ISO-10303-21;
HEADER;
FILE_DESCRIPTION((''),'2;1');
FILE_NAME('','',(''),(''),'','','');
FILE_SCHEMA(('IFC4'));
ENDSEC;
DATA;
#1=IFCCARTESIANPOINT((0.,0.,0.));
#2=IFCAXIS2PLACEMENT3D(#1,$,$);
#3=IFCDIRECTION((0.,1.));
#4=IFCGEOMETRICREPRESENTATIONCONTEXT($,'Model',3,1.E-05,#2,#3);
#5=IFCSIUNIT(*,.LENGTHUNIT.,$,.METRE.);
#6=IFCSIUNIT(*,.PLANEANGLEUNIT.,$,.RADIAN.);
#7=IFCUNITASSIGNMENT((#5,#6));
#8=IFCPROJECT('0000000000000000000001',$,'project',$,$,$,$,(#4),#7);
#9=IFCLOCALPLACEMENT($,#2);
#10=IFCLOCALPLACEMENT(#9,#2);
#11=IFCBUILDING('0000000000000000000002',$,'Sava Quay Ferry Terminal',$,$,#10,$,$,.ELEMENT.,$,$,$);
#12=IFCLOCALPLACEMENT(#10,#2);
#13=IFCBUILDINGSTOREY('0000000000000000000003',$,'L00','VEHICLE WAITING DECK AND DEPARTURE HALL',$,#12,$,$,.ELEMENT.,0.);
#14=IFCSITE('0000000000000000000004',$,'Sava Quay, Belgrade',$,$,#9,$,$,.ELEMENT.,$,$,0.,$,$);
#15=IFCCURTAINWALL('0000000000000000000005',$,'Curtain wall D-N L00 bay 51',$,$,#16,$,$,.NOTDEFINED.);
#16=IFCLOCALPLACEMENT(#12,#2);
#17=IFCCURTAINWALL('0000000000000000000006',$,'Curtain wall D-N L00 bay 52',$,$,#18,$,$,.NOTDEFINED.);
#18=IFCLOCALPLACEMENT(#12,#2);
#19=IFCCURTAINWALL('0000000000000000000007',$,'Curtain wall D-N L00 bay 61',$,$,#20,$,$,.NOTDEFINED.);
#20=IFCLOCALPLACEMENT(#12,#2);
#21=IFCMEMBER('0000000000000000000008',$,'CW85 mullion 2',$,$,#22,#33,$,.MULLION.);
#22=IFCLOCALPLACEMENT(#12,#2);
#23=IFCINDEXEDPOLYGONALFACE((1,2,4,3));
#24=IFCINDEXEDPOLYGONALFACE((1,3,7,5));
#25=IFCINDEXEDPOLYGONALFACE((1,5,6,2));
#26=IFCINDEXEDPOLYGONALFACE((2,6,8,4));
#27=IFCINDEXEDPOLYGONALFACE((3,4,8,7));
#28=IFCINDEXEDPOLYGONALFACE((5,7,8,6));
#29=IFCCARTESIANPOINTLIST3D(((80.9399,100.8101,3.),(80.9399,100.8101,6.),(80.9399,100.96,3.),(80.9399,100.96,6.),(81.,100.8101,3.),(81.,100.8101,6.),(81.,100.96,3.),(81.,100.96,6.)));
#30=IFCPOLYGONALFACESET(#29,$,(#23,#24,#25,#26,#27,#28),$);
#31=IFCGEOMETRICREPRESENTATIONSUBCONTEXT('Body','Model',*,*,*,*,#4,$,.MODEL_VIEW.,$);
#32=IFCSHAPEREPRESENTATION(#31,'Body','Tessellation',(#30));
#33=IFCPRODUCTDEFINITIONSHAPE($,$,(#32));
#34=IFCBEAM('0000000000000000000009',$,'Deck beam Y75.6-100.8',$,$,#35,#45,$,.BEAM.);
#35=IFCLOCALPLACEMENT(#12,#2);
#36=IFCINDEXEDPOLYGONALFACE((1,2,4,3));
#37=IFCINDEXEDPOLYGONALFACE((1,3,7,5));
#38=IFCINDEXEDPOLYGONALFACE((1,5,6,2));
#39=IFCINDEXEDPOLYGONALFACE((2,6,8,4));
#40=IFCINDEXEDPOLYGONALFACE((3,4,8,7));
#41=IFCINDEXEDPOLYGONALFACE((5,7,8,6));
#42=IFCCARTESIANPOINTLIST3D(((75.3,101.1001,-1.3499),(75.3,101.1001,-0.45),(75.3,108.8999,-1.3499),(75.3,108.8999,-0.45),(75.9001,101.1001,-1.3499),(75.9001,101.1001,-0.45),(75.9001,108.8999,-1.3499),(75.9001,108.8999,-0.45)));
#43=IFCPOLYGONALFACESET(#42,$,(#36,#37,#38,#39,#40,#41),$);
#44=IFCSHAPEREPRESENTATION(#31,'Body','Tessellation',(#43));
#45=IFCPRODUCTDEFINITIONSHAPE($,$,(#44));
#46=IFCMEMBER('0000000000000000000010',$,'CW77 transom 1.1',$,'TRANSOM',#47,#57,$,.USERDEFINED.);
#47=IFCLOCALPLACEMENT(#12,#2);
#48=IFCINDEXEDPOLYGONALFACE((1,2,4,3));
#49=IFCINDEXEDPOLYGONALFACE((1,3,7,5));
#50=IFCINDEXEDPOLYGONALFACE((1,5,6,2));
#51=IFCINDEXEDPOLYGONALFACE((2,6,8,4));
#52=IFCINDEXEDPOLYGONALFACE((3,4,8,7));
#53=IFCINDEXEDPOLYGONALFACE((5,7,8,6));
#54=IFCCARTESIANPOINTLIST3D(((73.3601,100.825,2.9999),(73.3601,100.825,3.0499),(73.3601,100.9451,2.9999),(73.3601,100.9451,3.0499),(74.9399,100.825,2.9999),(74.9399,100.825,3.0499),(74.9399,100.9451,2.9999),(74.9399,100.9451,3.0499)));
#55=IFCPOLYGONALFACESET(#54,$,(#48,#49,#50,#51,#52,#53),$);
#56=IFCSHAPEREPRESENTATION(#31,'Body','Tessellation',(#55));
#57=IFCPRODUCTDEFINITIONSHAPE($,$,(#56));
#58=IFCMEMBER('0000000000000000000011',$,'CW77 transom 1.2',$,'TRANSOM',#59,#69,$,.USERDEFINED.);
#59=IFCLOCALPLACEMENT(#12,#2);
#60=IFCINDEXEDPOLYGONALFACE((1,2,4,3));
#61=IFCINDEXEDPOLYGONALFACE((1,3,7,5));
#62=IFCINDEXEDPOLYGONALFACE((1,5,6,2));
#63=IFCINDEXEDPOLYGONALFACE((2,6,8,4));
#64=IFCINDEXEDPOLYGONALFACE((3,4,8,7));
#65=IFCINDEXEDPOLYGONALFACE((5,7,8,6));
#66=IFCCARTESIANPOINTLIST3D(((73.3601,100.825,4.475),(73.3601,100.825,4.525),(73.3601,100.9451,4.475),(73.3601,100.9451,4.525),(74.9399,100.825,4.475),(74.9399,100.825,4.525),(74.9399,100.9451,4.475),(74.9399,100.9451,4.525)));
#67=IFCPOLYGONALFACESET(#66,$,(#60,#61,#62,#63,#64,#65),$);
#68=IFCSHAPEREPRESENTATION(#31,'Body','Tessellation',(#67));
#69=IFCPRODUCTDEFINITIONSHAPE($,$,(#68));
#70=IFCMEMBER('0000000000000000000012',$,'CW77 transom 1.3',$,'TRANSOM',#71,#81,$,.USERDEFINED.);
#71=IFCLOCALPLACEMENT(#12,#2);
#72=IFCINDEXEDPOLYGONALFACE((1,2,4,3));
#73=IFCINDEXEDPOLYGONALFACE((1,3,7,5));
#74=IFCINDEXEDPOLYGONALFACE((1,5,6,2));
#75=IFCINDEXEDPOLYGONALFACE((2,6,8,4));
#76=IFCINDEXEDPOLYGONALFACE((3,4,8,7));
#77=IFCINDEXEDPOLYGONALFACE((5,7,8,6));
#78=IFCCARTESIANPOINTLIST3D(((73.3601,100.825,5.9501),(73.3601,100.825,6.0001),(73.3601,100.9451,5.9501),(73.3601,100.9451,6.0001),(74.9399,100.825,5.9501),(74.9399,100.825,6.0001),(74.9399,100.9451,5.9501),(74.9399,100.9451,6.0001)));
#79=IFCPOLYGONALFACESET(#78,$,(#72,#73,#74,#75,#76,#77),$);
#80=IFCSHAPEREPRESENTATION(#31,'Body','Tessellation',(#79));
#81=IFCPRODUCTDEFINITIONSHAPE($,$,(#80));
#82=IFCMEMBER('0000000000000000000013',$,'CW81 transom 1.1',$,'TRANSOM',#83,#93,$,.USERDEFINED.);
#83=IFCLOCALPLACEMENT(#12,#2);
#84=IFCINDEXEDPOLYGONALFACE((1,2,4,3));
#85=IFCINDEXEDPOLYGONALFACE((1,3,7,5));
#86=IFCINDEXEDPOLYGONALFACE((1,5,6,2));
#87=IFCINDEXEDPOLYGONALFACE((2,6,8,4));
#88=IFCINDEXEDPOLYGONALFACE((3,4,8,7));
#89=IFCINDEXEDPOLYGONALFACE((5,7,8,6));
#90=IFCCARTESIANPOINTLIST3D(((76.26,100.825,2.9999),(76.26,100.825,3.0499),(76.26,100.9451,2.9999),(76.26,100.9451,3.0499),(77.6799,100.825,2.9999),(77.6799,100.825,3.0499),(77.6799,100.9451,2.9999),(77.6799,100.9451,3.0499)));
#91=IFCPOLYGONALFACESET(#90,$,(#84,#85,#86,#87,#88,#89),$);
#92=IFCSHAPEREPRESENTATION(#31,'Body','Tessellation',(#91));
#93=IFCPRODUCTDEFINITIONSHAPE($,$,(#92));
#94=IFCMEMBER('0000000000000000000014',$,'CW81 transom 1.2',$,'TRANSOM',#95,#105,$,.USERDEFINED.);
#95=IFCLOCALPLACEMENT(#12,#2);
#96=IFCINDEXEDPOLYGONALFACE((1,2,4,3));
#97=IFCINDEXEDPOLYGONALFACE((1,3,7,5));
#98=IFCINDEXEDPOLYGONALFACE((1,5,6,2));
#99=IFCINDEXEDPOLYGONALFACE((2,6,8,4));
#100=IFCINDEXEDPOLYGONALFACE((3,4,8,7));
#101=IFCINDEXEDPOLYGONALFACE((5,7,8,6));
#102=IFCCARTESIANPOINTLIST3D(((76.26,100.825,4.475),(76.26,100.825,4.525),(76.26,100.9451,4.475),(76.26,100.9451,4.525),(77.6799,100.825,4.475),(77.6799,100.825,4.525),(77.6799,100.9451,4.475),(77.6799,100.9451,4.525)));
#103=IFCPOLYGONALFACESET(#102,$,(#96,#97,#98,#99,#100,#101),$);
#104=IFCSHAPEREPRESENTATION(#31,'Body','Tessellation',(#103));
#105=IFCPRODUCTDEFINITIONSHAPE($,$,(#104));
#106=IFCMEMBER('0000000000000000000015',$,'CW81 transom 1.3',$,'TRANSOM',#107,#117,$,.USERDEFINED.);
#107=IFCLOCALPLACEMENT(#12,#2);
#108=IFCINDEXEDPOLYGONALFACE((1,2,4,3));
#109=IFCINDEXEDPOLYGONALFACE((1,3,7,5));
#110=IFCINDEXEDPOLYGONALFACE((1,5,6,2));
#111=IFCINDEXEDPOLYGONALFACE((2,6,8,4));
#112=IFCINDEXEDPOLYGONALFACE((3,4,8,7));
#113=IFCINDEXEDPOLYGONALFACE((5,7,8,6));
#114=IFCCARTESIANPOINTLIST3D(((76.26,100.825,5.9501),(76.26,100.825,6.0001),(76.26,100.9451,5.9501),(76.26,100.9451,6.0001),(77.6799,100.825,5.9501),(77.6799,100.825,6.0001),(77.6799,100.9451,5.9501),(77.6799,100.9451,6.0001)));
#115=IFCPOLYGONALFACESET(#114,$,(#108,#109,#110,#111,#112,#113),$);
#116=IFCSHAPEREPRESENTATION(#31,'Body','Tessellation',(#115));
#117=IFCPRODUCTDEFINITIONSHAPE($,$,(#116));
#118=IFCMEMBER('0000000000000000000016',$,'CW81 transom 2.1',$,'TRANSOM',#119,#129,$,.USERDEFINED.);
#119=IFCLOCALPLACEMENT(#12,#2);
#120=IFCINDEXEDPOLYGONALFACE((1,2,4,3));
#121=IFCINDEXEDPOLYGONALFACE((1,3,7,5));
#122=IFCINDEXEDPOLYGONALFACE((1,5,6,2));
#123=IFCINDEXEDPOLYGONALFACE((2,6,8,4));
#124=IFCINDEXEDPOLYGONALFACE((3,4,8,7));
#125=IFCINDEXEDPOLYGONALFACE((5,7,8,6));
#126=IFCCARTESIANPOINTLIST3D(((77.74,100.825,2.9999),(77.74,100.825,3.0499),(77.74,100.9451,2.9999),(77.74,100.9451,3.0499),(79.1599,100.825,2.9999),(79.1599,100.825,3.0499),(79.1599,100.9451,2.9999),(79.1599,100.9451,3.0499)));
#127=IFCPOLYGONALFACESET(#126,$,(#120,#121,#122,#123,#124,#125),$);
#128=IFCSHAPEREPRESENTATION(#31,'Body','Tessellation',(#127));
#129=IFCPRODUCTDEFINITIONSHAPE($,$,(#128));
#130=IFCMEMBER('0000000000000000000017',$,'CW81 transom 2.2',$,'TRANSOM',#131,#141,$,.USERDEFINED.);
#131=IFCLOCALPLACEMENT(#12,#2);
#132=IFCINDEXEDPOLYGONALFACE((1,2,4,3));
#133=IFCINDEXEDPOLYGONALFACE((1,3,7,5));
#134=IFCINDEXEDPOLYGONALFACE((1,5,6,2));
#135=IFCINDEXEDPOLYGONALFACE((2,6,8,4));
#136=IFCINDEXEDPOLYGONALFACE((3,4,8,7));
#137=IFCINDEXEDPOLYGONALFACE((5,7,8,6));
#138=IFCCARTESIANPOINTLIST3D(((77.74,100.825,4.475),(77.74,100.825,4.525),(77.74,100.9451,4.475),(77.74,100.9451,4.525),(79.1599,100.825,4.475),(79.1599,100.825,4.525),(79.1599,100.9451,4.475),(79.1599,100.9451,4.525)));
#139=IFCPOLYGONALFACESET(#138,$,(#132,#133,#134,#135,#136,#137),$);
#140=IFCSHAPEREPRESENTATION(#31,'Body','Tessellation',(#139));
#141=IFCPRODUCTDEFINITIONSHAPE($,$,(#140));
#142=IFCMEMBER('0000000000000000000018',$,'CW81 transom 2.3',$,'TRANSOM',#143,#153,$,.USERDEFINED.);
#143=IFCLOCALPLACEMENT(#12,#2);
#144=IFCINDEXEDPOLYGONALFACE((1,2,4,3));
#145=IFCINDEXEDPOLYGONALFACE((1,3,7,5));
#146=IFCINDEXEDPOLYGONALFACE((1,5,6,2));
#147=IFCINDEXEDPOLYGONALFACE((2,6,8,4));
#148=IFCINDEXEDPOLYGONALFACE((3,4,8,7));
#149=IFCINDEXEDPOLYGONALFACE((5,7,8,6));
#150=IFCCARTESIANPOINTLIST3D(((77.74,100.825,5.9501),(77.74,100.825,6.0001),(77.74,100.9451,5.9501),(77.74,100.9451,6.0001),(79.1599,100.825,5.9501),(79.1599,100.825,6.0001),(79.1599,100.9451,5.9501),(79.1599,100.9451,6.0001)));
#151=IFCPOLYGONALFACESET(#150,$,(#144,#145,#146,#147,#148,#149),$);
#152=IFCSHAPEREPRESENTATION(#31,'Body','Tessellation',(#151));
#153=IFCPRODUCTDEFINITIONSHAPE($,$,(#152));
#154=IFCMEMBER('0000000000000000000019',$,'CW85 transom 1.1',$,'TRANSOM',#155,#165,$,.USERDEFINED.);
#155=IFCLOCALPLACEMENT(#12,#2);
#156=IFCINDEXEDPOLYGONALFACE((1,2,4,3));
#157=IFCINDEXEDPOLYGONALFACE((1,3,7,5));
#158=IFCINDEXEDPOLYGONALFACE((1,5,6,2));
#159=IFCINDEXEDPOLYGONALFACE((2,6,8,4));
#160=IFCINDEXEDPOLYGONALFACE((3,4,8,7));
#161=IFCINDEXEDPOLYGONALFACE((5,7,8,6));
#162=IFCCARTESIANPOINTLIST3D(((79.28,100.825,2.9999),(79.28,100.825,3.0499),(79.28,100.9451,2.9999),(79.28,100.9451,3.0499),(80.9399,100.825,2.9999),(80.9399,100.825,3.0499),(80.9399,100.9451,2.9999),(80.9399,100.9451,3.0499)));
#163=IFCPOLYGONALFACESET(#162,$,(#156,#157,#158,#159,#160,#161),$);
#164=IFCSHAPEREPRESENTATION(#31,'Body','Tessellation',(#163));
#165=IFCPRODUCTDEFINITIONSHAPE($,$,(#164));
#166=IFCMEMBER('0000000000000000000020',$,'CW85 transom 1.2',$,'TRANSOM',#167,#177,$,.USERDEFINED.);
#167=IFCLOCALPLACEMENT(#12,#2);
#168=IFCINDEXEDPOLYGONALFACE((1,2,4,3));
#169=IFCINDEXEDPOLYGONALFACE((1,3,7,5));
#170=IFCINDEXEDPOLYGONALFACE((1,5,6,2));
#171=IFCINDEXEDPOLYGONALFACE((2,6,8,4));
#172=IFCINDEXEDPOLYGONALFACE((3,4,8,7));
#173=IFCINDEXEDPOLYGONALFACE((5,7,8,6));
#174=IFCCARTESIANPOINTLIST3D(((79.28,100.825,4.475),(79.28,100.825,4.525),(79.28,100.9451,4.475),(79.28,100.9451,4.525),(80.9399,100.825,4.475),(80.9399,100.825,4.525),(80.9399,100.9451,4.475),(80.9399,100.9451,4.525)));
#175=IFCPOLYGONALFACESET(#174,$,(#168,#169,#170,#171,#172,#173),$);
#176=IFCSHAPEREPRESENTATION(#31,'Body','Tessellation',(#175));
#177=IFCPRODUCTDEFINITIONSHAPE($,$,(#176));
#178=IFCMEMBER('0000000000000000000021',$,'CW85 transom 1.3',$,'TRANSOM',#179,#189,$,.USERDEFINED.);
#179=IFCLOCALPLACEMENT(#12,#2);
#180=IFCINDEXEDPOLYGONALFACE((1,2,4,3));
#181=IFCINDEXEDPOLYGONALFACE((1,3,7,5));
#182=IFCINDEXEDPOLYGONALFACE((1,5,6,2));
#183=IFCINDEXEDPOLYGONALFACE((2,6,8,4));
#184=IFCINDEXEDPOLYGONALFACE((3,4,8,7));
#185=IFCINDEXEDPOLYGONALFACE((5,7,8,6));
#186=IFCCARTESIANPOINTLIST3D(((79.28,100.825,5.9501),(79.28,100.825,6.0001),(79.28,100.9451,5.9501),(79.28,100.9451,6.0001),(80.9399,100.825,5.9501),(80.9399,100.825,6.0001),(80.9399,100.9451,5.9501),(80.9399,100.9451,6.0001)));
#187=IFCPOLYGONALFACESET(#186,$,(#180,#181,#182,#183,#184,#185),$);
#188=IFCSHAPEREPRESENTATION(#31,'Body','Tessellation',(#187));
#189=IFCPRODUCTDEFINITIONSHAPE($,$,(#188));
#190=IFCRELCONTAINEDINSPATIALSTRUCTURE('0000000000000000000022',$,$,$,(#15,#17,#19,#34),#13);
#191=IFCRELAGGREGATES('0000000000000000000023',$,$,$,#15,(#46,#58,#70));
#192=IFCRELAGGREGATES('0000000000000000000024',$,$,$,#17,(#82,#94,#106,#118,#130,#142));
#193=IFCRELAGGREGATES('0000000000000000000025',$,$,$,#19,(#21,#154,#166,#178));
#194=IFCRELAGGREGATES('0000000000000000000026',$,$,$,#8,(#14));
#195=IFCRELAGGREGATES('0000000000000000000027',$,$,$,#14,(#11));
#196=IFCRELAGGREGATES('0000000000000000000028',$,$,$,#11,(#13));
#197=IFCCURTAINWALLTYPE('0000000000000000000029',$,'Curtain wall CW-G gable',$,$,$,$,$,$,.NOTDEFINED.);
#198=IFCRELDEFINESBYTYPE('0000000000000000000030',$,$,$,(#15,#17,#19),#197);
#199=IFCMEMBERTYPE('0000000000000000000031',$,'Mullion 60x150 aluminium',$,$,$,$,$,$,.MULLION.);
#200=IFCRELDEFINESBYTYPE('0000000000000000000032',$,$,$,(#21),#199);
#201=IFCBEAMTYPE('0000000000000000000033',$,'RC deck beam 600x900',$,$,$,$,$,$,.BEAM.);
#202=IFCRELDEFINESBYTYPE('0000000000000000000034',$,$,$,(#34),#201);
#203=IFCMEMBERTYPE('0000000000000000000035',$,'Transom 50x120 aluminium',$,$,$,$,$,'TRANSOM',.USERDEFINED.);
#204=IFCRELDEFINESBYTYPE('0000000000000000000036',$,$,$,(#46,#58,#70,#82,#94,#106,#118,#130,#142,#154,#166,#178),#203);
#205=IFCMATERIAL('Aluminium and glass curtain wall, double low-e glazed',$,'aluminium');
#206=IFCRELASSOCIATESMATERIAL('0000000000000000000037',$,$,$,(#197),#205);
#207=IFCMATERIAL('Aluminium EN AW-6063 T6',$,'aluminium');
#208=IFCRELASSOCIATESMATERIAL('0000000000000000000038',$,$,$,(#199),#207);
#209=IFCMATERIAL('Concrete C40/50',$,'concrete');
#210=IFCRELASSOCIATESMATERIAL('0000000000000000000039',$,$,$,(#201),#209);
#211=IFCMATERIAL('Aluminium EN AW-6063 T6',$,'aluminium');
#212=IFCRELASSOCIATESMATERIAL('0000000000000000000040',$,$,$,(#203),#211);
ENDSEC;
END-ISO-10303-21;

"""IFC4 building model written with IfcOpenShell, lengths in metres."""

from ifc_helpers import new_model, si_unit, direction, frame, origin, origin_2d, place, context, subcontext, project, spatial, rectangle, extrude, material, material_profile, profile_set, type_object, element, aggregate, save


model = new_model("IFC4")

# Units and contexts
model_context = context("Model", 3, precision=1e-05, world=origin(), true_north=direction((0.0, 1.0)))
body_context = subcontext(model_context, "Body", "Model", "MODEL_VIEW")
ifc_project = project(units=[si_unit("LENGTHUNIT", "METRE"), si_unit("PLANEANGLEUNIT", "RADIAN")], contexts=[model_context])

# Site, building, storey
site_placement = place(None, origin())
site = spatial("IfcSite", under=ifc_project, at=site_placement, Name="Sava Quay, Belgrade", CompositionType="ELEMENT", RefElevation=0.0)
building_placement = place(site_placement, origin())
building = spatial("IfcBuilding", under=site, at=building_placement, Name="Sava Quay Ferry Terminal", CompositionType="ELEMENT")
storey_placement = place(building_placement, origin())
storey = spatial("IfcBuildingStorey", under=building, at=storey_placement, Name="L00", Description="VEHICLE WAITING DECK AND DEPARTURE HALL", CompositionType="ELEMENT", Elevation=0.0)

# Curtain wall
ifc_material_1 = material(Name="Aluminium and glass curtain wall, double low-e glazed", Category="aluminium")
curtain_wall_type = type_object("IfcCurtainWallType", Name="Curtain wall CW-G gable", PredefinedType="NOTDEFINED", material=ifc_material_1)
curtain_wall_1_placement = place(storey_placement, origin())
curtain_wall_1 = element("IfcCurtainWall", 1, at=curtain_wall_1_placement, inside=storey, type_object=curtain_wall_type, Name="Curtain wall D-N L00 bay 51", PredefinedType="NOTDEFINED")
ifc_material_2 = material(Name="Aluminium EN AW-6063 T6", Category="aluminium")
ifc_material_profile_1 = material_profile(ifc_material_2, rectangle(XDim=0.1499, YDim=0.0601, at=origin_2d()), Name="Mullion 60x150 aluminium")
ifc_profile_set_1 = profile_set([ifc_material_profile_1], Name="Aluminium EN AW-6063 T6")
member_type_1 = type_object("IfcMemberType", Name="Mullion 60x150 aluminium", PredefinedType="MULLION", material=ifc_profile_set_1)

# Curtain walls, member
curtain_wall_2_placement = place(storey_placement, origin())
curtain_wall_2 = element("IfcCurtainWall", 2, at=curtain_wall_2_placement, inside=storey, type_object=curtain_wall_type, Name="Curtain wall D-N L00 bay 52", PredefinedType="NOTDEFINED")
curtain_wall_3_placement = place(storey_placement, origin())
curtain_wall_3 = element("IfcCurtainWall", 3, at=curtain_wall_3_placement, inside=storey, type_object=curtain_wall_type, Name="Curtain wall D-N L00 bay 61", PredefinedType="NOTDEFINED")
member_1_placement = place(storey_placement, frame((80.97, 100.885, 3.0), z_axis=(0.0, 0.0, 1.0), x_axis=(0.0, 1.0, 0.0)))
member_1 = element("IfcMember", 4, at=member_1_placement, type_object=member_type_1, Name="CW85 mullion 2", PredefinedType="MULLION", context=body_context, shape_type="SweptSolid", body=[
    extrude(rectangle(XDim=0.1499, YDim=0.0601, at=origin_2d()), origin(), (0.0, 0.0, 1.0), 3.0),
])

# Beam
ifc_material_3 = material(Name="Concrete C40/50", Category="concrete")
ifc_material_profile_2 = material_profile(ifc_material_3, rectangle(XDim=0.6001, YDim=0.8999, at=origin_2d()), Name="RC 600x900")
ifc_profile_set_2 = profile_set([ifc_material_profile_2], Name="Concrete C40/50")
beam_type = type_object("IfcBeamType", Name="RC deck beam 600x900", PredefinedType="BEAM", material=ifc_profile_set_2)
beam_placement = place(storey_placement, frame((75.6001, 101.1001, -0.8999), z_axis=(0.0, 1.0, 0.0), x_axis=(-1.0, 0.0, 0.0)))
element("IfcBeam", 5, at=beam_placement, inside=storey, type_object=beam_type, Name="Deck beam Y75.6-100.8", PredefinedType="BEAM", context=body_context, shape_type="SweptSolid", body=[
    extrude(rectangle(XDim=0.6001, YDim=0.8999, at=origin_2d()), origin(), (0.0, 0.0, 1.0), 7.7998),
])

# Members
ifc_material_4 = material(Name="Aluminium EN AW-6063 T6", Category="aluminium")
ifc_material_profile_3 = material_profile(ifc_material_4, rectangle(XDim=0.1201, YDim=0.05, at=origin_2d()), Name="Transom 50x120 aluminium")
ifc_profile_set_3 = profile_set([ifc_material_profile_3], Name="Aluminium EN AW-6063 T6")
member_type_2 = type_object("IfcMemberType", Name="Transom 50x120 aluminium", ElementType="TRANSOM", PredefinedType="USERDEFINED", material=ifc_profile_set_3)
member_2_placement = place(storey_placement, frame((73.3601, 100.885, 3.0249), z_axis=(1.0, 0.0, 0.0), x_axis=(0.0, 1.0, 0.0)))
member_2 = element("IfcMember", 6, at=member_2_placement, type_object=member_type_2, Name="CW77 transom 1.1", ObjectType="TRANSOM", PredefinedType="USERDEFINED", context=body_context, shape_type="SweptSolid", body=[
    extrude(rectangle(XDim=0.1201, YDim=0.05, at=origin_2d()), origin(), (0.0, 0.0, 1.0), 1.5798),
])
member_3_placement = place(storey_placement, frame((73.3601, 100.885, 4.5), z_axis=(1.0, 0.0, 0.0), x_axis=(0.0, 1.0, 0.0)))
member_3 = element("IfcMember", 7, at=member_3_placement, type_object=member_type_2, Name="CW77 transom 1.2", ObjectType="TRANSOM", PredefinedType="USERDEFINED", context=body_context, shape_type="SweptSolid", body=[
    extrude(rectangle(XDim=0.1201, YDim=0.05, at=origin_2d()), origin(), (0.0, 0.0, 1.0), 1.5798),
])
member_4_placement = place(storey_placement, frame((73.3601, 100.885, 5.9751), z_axis=(1.0, 0.0, 0.0), x_axis=(0.0, 1.0, 0.0)))
member_4 = element("IfcMember", 8, at=member_4_placement, type_object=member_type_2, Name="CW77 transom 1.3", ObjectType="TRANSOM", PredefinedType="USERDEFINED", context=body_context, shape_type="SweptSolid", body=[
    extrude(rectangle(XDim=0.1201, YDim=0.05, at=origin_2d()), origin(), (0.0, 0.0, 1.0), 1.5798),
])
member_5_placement = place(storey_placement, frame((76.26, 100.885, 3.0249), z_axis=(1.0, 0.0, 0.0), x_axis=(0.0, 1.0, 0.0)))
member_5 = element("IfcMember", 9, at=member_5_placement, type_object=member_type_2, Name="CW81 transom 1.1", ObjectType="TRANSOM", PredefinedType="USERDEFINED", context=body_context, shape_type="SweptSolid", body=[
    extrude(rectangle(XDim=0.1201, YDim=0.05, at=origin_2d()), origin(), (0.0, 0.0, 1.0), 1.4199),
])
member_6_placement = place(storey_placement, frame((76.26, 100.885, 4.5), z_axis=(1.0, 0.0, 0.0), x_axis=(0.0, 1.0, 0.0)))
member_6 = element("IfcMember", 10, at=member_6_placement, type_object=member_type_2, Name="CW81 transom 1.2", ObjectType="TRANSOM", PredefinedType="USERDEFINED", context=body_context, shape_type="SweptSolid", body=[
    extrude(rectangle(XDim=0.1201, YDim=0.05, at=origin_2d()), origin(), (0.0, 0.0, 1.0), 1.4199),
])
member_7_placement = place(storey_placement, frame((76.26, 100.885, 5.9751), z_axis=(1.0, 0.0, 0.0), x_axis=(0.0, 1.0, 0.0)))
member_7 = element("IfcMember", 11, at=member_7_placement, type_object=member_type_2, Name="CW81 transom 1.3", ObjectType="TRANSOM", PredefinedType="USERDEFINED", context=body_context, shape_type="SweptSolid", body=[
    extrude(rectangle(XDim=0.1201, YDim=0.05, at=origin_2d()), origin(), (0.0, 0.0, 1.0), 1.4199),
])
member_8_placement = place(storey_placement, frame((77.74, 100.885, 3.0249), z_axis=(1.0, 0.0, 0.0), x_axis=(0.0, 1.0, 0.0)))
member_8 = element("IfcMember", 12, at=member_8_placement, type_object=member_type_2, Name="CW81 transom 2.1", ObjectType="TRANSOM", PredefinedType="USERDEFINED", context=body_context, shape_type="SweptSolid", body=[
    extrude(rectangle(XDim=0.1201, YDim=0.05, at=origin_2d()), origin(), (0.0, 0.0, 1.0), 1.4199),
])
member_9_placement = place(storey_placement, frame((77.74, 100.885, 4.5), z_axis=(1.0, 0.0, 0.0), x_axis=(0.0, 1.0, 0.0)))
member_9 = element("IfcMember", 13, at=member_9_placement, type_object=member_type_2, Name="CW81 transom 2.2", ObjectType="TRANSOM", PredefinedType="USERDEFINED", context=body_context, shape_type="SweptSolid", body=[
    extrude(rectangle(XDim=0.1201, YDim=0.05, at=origin_2d()), origin(), (0.0, 0.0, 1.0), 1.4199),
])
member_10_placement = place(storey_placement, frame((77.74, 100.885, 5.9751), z_axis=(1.0, 0.0, 0.0), x_axis=(0.0, 1.0, 0.0)))
member_10 = element("IfcMember", 14, at=member_10_placement, type_object=member_type_2, Name="CW81 transom 2.3", ObjectType="TRANSOM", PredefinedType="USERDEFINED", context=body_context, shape_type="SweptSolid", body=[
    extrude(rectangle(XDim=0.1201, YDim=0.05, at=origin_2d()), origin(), (0.0, 0.0, 1.0), 1.4199),
])
member_11_placement = place(storey_placement, frame((79.28, 100.885, 3.0249), z_axis=(1.0, 0.0, 0.0), x_axis=(0.0, 1.0, 0.0)))
member_11 = element("IfcMember", 15, at=member_11_placement, type_object=member_type_2, Name="CW85 transom 1.1", ObjectType="TRANSOM", PredefinedType="USERDEFINED", context=body_context, shape_type="SweptSolid", body=[
    extrude(rectangle(XDim=0.1201, YDim=0.05, at=origin_2d()), origin(), (0.0, 0.0, 1.0), 1.6599),
])
member_12_placement = place(storey_placement, frame((79.28, 100.885, 4.5), z_axis=(1.0, 0.0, 0.0), x_axis=(0.0, 1.0, 0.0)))
member_12 = element("IfcMember", 16, at=member_12_placement, type_object=member_type_2, Name="CW85 transom 1.2", ObjectType="TRANSOM", PredefinedType="USERDEFINED", context=body_context, shape_type="SweptSolid", body=[
    extrude(rectangle(XDim=0.1201, YDim=0.05, at=origin_2d()), origin(), (0.0, 0.0, 1.0), 1.6599),
])
member_13_placement = place(storey_placement, frame((79.28, 100.885, 5.9751), z_axis=(1.0, 0.0, 0.0), x_axis=(0.0, 1.0, 0.0)))
member_13 = element("IfcMember", 17, at=member_13_placement, type_object=member_type_2, Name="CW85 transom 1.3", ObjectType="TRANSOM", PredefinedType="USERDEFINED", context=body_context, shape_type="SweptSolid", body=[
    extrude(rectangle(XDim=0.1201, YDim=0.05, at=origin_2d()), origin(), (0.0, 0.0, 1.0), 1.6599),
])

aggregate(curtain_wall_1, [member_2, member_3, member_4])
aggregate(curtain_wall_2, [member_5, member_6, member_7, member_8, member_9, member_10])
aggregate(curtain_wall_3, [member_1, member_11, member_12, member_13])

save(model, "model.ifc")
